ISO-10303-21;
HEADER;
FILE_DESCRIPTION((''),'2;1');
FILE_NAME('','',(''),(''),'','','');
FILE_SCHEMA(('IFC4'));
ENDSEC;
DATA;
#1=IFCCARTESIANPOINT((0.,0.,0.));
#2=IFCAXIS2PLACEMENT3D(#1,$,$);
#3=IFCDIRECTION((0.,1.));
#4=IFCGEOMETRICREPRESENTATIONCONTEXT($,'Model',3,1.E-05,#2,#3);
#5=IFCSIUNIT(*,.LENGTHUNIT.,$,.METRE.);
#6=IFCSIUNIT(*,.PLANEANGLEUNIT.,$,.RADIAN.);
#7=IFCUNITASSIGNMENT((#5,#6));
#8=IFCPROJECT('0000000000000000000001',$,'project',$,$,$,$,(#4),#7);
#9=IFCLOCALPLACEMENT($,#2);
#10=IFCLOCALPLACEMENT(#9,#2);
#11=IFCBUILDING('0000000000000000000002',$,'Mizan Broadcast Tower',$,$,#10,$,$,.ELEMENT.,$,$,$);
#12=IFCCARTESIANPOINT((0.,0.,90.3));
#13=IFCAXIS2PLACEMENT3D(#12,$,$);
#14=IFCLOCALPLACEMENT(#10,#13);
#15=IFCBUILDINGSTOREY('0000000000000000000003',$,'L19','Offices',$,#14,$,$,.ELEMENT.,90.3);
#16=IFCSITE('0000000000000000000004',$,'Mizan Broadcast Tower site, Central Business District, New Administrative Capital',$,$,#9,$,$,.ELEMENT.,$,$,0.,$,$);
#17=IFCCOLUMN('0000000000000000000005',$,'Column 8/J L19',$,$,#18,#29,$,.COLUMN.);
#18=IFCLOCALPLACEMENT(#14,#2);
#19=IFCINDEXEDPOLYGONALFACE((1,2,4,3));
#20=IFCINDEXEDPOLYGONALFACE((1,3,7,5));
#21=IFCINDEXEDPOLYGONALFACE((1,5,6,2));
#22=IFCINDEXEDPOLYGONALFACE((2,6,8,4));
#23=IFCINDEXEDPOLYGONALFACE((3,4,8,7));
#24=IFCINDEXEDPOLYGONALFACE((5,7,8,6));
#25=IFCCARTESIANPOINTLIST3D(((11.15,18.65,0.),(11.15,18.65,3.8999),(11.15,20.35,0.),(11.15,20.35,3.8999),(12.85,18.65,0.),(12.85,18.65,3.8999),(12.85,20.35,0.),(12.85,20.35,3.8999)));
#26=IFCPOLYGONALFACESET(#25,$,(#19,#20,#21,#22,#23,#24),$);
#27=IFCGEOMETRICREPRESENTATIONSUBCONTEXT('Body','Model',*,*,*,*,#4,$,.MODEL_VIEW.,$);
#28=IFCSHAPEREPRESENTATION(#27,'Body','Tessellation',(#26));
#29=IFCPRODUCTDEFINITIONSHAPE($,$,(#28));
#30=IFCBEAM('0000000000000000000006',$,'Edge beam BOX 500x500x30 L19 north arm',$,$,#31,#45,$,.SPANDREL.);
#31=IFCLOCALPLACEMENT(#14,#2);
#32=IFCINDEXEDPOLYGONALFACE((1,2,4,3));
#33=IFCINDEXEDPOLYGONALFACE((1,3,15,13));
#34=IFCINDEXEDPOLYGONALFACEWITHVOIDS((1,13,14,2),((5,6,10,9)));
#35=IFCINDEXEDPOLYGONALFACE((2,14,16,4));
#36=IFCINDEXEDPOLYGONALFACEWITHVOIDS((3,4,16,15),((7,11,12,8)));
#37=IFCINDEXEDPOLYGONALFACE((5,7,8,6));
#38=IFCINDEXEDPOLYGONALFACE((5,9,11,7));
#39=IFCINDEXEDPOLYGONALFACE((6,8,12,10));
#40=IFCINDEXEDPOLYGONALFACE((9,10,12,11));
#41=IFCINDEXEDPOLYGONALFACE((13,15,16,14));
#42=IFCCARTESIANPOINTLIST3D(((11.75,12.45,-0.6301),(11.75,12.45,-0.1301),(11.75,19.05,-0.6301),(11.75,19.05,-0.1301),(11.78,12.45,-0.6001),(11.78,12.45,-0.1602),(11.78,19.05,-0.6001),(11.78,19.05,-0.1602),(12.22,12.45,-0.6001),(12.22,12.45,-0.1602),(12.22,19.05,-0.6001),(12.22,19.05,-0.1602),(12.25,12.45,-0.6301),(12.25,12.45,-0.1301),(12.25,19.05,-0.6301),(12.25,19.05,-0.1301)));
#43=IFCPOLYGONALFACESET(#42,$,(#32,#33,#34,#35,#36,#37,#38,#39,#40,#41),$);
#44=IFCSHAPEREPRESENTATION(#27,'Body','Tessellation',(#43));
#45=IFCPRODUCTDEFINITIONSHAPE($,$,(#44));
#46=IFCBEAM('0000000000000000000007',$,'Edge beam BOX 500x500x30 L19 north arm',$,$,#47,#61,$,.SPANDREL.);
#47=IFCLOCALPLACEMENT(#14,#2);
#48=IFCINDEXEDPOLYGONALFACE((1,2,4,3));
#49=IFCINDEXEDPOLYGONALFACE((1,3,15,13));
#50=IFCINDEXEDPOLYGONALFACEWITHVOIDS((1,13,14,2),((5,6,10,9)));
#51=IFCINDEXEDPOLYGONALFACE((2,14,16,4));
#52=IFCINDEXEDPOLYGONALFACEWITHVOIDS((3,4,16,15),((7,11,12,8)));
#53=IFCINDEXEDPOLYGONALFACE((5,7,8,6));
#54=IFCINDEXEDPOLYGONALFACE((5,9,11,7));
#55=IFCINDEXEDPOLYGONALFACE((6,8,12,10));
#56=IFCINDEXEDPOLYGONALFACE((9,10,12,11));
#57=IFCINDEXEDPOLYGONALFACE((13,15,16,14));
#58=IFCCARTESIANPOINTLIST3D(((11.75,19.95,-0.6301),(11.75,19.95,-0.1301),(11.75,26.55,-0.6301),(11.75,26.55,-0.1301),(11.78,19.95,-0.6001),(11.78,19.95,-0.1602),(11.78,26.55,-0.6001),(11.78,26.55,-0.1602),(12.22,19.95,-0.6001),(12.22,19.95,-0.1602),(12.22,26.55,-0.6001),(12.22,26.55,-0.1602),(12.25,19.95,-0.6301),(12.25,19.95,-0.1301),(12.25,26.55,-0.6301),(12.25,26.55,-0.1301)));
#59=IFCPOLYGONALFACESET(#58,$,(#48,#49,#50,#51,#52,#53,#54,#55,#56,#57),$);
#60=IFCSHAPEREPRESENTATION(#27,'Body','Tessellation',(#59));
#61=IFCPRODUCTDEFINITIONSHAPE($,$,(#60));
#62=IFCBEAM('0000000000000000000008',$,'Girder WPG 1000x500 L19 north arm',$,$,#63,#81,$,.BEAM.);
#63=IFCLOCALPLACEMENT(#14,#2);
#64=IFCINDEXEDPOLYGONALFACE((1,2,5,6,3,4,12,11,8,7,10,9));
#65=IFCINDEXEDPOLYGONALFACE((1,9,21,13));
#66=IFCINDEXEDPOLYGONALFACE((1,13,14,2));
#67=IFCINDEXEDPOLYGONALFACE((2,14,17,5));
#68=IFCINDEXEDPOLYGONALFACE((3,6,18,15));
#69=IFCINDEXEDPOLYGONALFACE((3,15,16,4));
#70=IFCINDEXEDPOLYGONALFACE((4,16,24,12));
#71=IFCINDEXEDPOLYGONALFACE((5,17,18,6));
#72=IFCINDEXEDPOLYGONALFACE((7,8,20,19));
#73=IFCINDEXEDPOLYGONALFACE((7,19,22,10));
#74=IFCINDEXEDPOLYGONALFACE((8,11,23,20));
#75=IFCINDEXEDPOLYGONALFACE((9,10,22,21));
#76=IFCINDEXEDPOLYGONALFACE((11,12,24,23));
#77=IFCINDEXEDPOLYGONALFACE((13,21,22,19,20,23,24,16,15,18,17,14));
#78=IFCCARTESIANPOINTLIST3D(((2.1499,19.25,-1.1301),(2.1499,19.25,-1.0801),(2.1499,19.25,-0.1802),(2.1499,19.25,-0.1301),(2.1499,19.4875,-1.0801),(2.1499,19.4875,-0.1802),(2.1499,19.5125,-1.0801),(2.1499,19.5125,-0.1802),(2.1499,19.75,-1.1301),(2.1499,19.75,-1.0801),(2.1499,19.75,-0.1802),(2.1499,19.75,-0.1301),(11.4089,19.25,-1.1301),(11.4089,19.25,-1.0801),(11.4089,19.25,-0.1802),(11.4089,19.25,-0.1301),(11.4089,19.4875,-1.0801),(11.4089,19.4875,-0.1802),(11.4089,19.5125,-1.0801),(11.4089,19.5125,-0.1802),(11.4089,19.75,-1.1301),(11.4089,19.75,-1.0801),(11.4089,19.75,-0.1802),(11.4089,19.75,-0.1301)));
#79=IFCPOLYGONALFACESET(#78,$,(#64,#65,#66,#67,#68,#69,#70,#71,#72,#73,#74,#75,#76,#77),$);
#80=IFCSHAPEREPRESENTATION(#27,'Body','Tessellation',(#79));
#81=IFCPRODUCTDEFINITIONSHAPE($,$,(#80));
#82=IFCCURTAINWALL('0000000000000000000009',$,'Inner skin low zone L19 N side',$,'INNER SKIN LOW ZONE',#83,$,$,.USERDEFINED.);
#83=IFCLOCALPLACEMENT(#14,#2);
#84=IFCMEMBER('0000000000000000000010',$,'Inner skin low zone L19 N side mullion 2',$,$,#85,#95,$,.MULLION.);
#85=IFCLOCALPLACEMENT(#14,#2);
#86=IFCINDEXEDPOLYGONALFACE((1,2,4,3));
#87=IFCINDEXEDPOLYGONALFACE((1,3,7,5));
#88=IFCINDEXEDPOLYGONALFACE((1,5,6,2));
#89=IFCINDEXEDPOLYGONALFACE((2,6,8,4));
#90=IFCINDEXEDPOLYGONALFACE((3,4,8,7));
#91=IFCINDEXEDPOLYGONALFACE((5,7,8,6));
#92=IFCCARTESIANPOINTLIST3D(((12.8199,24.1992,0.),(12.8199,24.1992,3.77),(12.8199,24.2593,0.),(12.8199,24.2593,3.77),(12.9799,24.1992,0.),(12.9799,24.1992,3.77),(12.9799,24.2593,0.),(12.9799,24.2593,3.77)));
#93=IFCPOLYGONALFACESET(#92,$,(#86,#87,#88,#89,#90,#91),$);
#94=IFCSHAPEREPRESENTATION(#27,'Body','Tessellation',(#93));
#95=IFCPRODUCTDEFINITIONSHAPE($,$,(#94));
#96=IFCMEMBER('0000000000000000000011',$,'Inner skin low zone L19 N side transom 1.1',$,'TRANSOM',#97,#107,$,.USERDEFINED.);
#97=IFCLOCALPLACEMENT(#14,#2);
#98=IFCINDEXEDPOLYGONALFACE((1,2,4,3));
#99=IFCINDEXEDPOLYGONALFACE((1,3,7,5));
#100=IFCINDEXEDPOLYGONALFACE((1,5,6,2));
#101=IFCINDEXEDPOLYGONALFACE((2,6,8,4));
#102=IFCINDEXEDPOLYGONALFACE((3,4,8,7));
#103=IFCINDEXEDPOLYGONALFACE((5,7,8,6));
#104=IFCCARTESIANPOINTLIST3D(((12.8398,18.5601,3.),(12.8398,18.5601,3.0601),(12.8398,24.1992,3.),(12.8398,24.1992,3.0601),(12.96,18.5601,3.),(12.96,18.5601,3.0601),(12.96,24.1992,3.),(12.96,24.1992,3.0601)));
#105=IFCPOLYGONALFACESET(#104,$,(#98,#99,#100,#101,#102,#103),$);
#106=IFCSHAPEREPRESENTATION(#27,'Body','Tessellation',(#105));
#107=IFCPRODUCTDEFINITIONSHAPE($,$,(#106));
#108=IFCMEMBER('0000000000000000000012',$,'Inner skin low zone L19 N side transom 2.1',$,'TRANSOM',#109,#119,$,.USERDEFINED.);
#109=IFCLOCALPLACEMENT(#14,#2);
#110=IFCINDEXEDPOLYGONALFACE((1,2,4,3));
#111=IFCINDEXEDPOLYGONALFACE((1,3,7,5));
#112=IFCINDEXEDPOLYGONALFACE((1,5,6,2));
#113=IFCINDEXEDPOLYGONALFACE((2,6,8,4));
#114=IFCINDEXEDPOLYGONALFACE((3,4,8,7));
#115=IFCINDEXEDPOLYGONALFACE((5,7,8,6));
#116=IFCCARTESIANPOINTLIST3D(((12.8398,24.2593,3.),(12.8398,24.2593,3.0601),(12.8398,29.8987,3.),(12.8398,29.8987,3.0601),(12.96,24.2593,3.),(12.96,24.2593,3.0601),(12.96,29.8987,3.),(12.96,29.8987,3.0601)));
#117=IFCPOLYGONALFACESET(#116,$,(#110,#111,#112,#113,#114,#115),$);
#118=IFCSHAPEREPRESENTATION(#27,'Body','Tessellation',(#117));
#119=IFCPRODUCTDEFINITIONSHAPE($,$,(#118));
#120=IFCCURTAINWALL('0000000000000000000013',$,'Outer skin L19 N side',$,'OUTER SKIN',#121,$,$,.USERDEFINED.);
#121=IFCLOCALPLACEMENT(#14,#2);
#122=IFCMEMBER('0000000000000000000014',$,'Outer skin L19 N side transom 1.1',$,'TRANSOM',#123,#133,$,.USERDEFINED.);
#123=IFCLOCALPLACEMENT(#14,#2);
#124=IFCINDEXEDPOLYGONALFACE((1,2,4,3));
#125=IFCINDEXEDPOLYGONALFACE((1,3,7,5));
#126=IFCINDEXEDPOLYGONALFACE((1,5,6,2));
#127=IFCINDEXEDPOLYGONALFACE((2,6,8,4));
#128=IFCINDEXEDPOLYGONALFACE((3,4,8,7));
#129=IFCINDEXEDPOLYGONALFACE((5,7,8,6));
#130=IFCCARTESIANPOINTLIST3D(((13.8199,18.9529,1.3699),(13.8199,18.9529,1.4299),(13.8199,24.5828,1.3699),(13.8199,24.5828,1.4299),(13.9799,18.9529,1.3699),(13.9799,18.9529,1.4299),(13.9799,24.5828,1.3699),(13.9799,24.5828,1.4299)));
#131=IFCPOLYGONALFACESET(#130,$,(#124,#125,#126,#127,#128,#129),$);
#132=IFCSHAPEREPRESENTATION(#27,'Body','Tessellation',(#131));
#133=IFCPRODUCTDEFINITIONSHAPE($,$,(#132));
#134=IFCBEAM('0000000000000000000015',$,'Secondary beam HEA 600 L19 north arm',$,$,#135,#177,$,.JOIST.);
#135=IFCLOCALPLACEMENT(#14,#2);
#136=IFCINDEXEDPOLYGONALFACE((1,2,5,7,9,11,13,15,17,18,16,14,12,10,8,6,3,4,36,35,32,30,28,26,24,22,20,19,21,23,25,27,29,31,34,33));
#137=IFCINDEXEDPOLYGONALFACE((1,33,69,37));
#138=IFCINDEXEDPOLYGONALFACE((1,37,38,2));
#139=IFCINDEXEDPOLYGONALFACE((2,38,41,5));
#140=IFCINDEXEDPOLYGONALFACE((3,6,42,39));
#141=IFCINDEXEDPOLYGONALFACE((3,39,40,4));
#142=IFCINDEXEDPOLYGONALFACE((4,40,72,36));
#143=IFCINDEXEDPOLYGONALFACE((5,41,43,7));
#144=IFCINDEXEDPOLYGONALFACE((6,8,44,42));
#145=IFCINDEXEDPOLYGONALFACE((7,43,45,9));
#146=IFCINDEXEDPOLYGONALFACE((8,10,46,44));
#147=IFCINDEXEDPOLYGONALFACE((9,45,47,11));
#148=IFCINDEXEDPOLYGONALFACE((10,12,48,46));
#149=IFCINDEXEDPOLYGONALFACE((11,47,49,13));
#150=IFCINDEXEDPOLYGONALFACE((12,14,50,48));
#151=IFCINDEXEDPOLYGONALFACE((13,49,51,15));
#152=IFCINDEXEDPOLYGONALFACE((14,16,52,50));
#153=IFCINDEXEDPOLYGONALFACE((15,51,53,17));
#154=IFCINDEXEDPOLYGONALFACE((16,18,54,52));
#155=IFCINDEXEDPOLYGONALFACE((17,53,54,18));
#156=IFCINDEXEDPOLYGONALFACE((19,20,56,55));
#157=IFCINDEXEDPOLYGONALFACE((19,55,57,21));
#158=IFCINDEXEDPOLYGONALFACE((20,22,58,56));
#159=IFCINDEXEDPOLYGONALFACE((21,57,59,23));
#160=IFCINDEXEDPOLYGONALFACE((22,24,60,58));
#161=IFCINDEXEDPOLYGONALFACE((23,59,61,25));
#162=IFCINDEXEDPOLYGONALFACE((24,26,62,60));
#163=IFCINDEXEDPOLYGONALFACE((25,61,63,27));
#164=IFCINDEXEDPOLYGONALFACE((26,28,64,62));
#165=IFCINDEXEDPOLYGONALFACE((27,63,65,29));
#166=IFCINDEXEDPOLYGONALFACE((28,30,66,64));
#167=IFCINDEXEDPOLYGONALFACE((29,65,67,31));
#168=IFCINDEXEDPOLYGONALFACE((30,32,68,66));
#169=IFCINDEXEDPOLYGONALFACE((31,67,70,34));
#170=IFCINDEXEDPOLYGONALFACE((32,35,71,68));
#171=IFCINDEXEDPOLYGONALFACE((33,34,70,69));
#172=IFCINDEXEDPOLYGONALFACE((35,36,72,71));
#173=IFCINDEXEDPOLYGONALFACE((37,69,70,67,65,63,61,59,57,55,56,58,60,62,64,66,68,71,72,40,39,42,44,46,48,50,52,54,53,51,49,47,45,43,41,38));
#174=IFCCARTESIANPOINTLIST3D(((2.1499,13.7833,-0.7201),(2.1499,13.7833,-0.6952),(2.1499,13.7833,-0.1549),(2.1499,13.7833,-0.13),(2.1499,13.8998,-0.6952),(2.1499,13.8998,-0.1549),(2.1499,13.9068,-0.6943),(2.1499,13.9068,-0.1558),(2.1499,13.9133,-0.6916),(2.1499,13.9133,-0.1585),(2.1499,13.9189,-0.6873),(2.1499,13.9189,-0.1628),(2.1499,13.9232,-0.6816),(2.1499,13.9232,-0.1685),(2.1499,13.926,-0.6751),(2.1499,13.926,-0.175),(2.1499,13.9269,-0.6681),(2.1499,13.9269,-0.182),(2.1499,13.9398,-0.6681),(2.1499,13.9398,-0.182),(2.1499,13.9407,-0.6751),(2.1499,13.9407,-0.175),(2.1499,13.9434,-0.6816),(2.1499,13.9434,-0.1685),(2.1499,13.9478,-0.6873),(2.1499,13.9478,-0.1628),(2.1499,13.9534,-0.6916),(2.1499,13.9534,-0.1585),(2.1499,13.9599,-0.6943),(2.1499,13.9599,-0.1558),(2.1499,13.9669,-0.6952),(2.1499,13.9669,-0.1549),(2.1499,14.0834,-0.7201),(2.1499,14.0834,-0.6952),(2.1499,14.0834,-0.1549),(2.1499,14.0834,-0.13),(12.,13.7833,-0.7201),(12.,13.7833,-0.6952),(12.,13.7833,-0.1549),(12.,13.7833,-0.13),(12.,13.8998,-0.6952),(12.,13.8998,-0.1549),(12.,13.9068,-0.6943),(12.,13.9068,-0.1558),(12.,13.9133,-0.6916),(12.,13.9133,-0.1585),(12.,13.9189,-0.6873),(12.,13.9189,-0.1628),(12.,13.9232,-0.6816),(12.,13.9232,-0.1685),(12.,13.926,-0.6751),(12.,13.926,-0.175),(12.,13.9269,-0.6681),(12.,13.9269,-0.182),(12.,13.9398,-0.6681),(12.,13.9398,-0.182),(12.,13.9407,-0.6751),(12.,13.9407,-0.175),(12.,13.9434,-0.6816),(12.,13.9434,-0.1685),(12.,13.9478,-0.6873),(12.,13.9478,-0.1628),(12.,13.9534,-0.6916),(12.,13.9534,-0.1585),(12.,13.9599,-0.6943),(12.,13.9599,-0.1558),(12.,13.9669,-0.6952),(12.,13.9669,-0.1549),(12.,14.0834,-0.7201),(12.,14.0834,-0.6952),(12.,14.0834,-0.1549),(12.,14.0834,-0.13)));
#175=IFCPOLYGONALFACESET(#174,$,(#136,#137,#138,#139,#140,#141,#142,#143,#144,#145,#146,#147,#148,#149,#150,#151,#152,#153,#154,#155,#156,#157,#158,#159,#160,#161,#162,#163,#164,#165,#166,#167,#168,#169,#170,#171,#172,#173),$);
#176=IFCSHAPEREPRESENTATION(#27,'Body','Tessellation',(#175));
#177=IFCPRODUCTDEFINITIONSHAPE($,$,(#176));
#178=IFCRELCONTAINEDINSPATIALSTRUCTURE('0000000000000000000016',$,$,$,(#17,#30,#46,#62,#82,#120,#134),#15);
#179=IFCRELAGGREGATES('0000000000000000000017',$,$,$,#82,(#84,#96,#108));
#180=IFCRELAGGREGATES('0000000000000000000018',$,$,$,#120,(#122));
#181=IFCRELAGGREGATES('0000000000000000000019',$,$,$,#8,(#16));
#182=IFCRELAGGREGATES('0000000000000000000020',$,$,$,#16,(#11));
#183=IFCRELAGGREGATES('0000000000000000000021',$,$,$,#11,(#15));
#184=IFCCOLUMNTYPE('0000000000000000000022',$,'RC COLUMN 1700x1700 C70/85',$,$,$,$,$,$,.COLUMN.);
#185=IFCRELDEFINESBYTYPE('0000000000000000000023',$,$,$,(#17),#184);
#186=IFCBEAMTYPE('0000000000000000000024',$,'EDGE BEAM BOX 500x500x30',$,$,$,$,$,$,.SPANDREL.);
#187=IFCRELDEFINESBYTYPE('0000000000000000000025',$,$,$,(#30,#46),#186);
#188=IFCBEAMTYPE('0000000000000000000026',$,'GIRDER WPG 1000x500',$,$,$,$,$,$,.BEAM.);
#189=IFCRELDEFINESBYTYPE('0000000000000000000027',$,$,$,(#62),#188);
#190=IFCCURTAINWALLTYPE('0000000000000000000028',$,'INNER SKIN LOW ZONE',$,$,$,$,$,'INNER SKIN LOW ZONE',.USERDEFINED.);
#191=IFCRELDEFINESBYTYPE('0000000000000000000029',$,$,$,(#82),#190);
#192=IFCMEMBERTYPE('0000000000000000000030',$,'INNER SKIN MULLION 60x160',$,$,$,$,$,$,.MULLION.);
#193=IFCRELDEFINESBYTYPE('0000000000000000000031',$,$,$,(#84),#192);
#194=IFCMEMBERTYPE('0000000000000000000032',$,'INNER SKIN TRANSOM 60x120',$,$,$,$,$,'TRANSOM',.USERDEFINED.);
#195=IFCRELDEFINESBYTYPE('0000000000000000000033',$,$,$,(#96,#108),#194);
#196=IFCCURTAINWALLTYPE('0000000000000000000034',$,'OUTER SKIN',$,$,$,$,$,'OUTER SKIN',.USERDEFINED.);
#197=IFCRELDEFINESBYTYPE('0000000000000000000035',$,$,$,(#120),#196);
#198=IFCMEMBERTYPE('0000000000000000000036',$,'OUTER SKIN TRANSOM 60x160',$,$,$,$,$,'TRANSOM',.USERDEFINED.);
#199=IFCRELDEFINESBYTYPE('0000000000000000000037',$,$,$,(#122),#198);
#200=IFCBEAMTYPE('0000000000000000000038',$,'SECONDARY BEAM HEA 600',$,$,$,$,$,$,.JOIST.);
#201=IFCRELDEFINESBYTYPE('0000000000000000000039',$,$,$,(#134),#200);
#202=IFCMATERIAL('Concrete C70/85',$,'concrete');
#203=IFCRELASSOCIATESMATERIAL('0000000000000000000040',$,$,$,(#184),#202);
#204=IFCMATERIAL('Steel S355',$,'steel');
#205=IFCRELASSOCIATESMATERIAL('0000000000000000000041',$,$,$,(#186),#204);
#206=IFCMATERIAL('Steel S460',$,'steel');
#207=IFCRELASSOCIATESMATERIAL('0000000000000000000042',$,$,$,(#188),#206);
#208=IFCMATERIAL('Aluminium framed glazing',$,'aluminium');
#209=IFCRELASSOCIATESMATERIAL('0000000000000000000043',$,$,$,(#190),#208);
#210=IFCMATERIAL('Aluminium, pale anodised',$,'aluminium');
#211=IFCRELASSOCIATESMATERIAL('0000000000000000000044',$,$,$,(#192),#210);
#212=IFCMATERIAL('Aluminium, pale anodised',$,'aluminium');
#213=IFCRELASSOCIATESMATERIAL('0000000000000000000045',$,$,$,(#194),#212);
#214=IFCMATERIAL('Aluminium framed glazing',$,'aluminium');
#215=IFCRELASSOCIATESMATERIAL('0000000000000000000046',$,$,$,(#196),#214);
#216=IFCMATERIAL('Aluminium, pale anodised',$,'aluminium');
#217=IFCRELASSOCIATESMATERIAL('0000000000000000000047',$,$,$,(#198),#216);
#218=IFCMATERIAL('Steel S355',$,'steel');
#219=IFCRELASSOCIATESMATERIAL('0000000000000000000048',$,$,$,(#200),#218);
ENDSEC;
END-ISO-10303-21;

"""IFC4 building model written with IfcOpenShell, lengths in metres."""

from ifc_helpers import new_model, si_unit, direction, frame, origin, origin_2d, place, context, subcontext, project, spatial, rectangle, hollow_rectangle, i_section, extrude, material, material_profile, profile_set, type_object, element, aggregate, save


model = new_model("IFC4")

# Units and contexts
model_context = context("Model", 3, precision=1e-05, world=origin(), true_north=direction((0.0, 1.0)))
body_context = subcontext(model_context, "Body", "Model", "MODEL_VIEW")
ifc_project = project(units=[si_unit("LENGTHUNIT", "METRE"), si_unit("PLANEANGLEUNIT", "RADIAN")], contexts=[model_context])

# Site, building, storey
site_placement = place(None, origin())
site = spatial("IfcSite", under=ifc_project, at=site_placement, Name="Mizan Broadcast Tower site, Central Business District, New Administrative Capital", CompositionType="ELEMENT", RefElevation=0.0)
building_placement = place(site_placement, origin())
building = spatial("IfcBuilding", under=site, at=building_placement, Name="Mizan Broadcast Tower", CompositionType="ELEMENT")
storey_placement = place(building_placement, frame((0.0, 0.0, 90.3)))
storey = spatial("IfcBuildingStorey", under=building, at=storey_placement, Name="L19", Description="Offices", CompositionType="ELEMENT", Elevation=90.3)

# Column
ifc_material_1 = material(Name="Concrete C70/85", Category="concrete")
ifc_material_profile_1 = material_profile(ifc_material_1, rectangle(XDim=1.7, YDim=1.7, at=origin_2d()), Name="RC 1700x1700")
ifc_profile_set_1 = profile_set([ifc_material_profile_1], Name="Concrete C70/85")
column_type = type_object("IfcColumnType", Name="RC COLUMN 1700x1700 C70/85", PredefinedType="COLUMN", material=ifc_profile_set_1)
column_placement = place(storey_placement, frame((12.0, 19.5, 0.0), z_axis=(0.0, 0.0, 1.0), x_axis=(1.0, 0.0, 0.0)))
element("IfcColumn", 1, at=column_placement, inside=storey, type_object=column_type, Name="Column 8/J L19", PredefinedType="COLUMN", context=body_context, shape_type="SweptSolid", body=[
    extrude(rectangle(XDim=1.7, YDim=1.7, at=origin_2d()), origin(), (0.0, 0.0, 1.0), 3.8999),
])

# Beams
ifc_material_2 = material(Name="Steel S355", Category="steel")
ifc_material_profile_2 = material_profile(ifc_material_2, hollow_rectangle(XDim=0.5, YDim=0.5, WallThickness=0.03, at=origin_2d()), Name="BOX 500x500x30")
ifc_profile_set_2 = profile_set([ifc_material_profile_2], Name="Steel S355")
beam_type_1 = type_object("IfcBeamType", Name="EDGE BEAM BOX 500x500x30", PredefinedType="SPANDREL", material=ifc_profile_set_2)
for number, where, z_axis, x_axis, name in (
    (2, (12.0, 12.45, -0.3801), (0.0, 1.0, 0.0), (-1.0, 0.0, 0.0), "Edge beam BOX 500x500x30 L19 north arm"),
    (3, (12.0, 19.95, -0.3801), (0.0, 1.0, 0.0), (-1.0, 0.0, 0.0), "Edge beam BOX 500x500x30 L19 north arm"),
):
    element("IfcBeam", number, at=place(storey_placement, frame(where, z_axis=z_axis, x_axis=x_axis)), inside=storey, type_object=beam_type_1, Name=name, PredefinedType="SPANDREL", context=body_context, shape_type="SweptSolid", body=[
        extrude(hollow_rectangle(XDim=0.5, YDim=0.5, WallThickness=0.03, at=origin_2d()), origin(), (0.0, 0.0, 1.0), 6.6001),
    ])
ifc_material_3 = material(Name="Steel S460", Category="steel")
ifc_material_profile_3 = material_profile(ifc_material_3, i_section(OverallWidth=0.5, OverallDepth=1.0, WebThickness=0.0249, FlangeThickness=0.05, at=origin_2d()), Name="WPG 1000x500")
ifc_profile_set_3 = profile_set([ifc_material_profile_3], Name="Steel S460")
beam_type_2 = type_object("IfcBeamType", Name="GIRDER WPG 1000x500", PredefinedType="BEAM", material=ifc_profile_set_3)
beam_placement = place(storey_placement, frame((11.4089, 19.5, -0.6301), z_axis=(-1.0, 0.0, 0.0), x_axis=(0.0, -1.0, 0.0)))
element("IfcBeam", 4, at=beam_placement, inside=storey, type_object=beam_type_2, Name="Girder WPG 1000x500 L19 north arm", PredefinedType="BEAM", context=body_context, shape_type="SweptSolid", body=[
    extrude(i_section(OverallWidth=0.5, OverallDepth=1.0, WebThickness=0.0249, FlangeThickness=0.05, at=origin_2d()), origin(), (0.0, 0.0, 1.0), 9.259),
])

# Curtain wall, members
ifc_material_4 = material(Name="Aluminium framed glazing", Category="aluminium")
curtain_wall_type_1 = type_object("IfcCurtainWallType", Name="INNER SKIN LOW ZONE", ElementType="INNER SKIN LOW ZONE", PredefinedType="USERDEFINED", material=ifc_material_4)
curtain_wall_1_placement = place(storey_placement, origin())
curtain_wall_1 = element("IfcCurtainWall", 5, at=curtain_wall_1_placement, inside=storey, type_object=curtain_wall_type_1, Name="Inner skin low zone L19 N side", ObjectType="INNER SKIN LOW ZONE", PredefinedType="USERDEFINED")
ifc_material_5 = material(Name="Aluminium, pale anodised", Category="aluminium")
ifc_material_profile_4 = material_profile(ifc_material_5, rectangle(XDim=0.1599, YDim=0.0601, at=origin_2d()), Name="MULLION 160x60")
ifc_profile_set_4 = profile_set([ifc_material_profile_4], Name="Aluminium, pale anodised")
member_type_1 = type_object("IfcMemberType", Name="INNER SKIN MULLION 60x160", PredefinedType="MULLION", material=ifc_profile_set_4)
member_1_placement = place(storey_placement, frame((12.8999, 24.2292, 0.0), z_axis=(0.0, 0.0, 1.0), x_axis=(-1.0, 0.0, 0.0)))
member_1 = element("IfcMember", 6, at=member_1_placement, type_object=member_type_1, Name="Inner skin low zone L19 N side mullion 2", PredefinedType="MULLION", context=body_context, shape_type="SweptSolid", body=[
    extrude(rectangle(XDim=0.1599, YDim=0.0601, at=origin_2d()), origin(), (0.0, 0.0, 1.0), 3.77),
])
ifc_material_6 = material(Name="Aluminium, pale anodised", Category="aluminium")
ifc_material_profile_5 = material_profile(ifc_material_6, rectangle(XDim=0.1201, YDim=0.0601, at=origin_2d()), Name="TRANSOM 120x60")
ifc_profile_set_5 = profile_set([ifc_material_profile_5], Name="Aluminium, pale anodised")
member_type_2 = type_object("IfcMemberType", Name="INNER SKIN TRANSOM 60x120", ElementType="TRANSOM", PredefinedType="USERDEFINED", material=ifc_profile_set_5)
member_2_placement = place(storey_placement, frame((12.8999, 18.5601, 3.03), z_axis=(0.0, 1.0, 0.0), x_axis=(-1.0, 0.0, 0.0)))
member_2 = element("IfcMember", 7, at=member_2_placement, type_object=member_type_2, Name="Inner skin low zone L19 N side transom 1.1", ObjectType="TRANSOM", PredefinedType="USERDEFINED", context=body_context, shape_type="SweptSolid", body=[
    extrude(rectangle(XDim=0.1201, YDim=0.0601, at=origin_2d()), origin(), (0.0, 0.0, 1.0), 5.6392),
])
member_3_placement = place(storey_placement, frame((12.8999, 24.2593, 3.03), z_axis=(0.0, 1.0, 0.0), x_axis=(-1.0, 0.0, 0.0)))
member_3 = element("IfcMember", 8, at=member_3_placement, type_object=member_type_2, Name="Inner skin low zone L19 N side transom 2.1", ObjectType="TRANSOM", PredefinedType="USERDEFINED", context=body_context, shape_type="SweptSolid", body=[
    extrude(rectangle(XDim=0.1201, YDim=0.0601, at=origin_2d()), origin(), (0.0, 0.0, 1.0), 5.6394),
])

# Curtain wall, member
ifc_material_7 = material(Name="Aluminium framed glazing", Category="aluminium")
curtain_wall_type_2 = type_object("IfcCurtainWallType", Name="OUTER SKIN", ElementType="OUTER SKIN", PredefinedType="USERDEFINED", material=ifc_material_7)
curtain_wall_2_placement = place(storey_placement, origin())
curtain_wall_2 = element("IfcCurtainWall", 9, at=curtain_wall_2_placement, inside=storey, type_object=curtain_wall_type_2, Name="Outer skin L19 N side", ObjectType="OUTER SKIN", PredefinedType="USERDEFINED")
ifc_material_8 = material(Name="Aluminium, pale anodised", Category="aluminium")
ifc_material_profile_6 = material_profile(ifc_material_8, rectangle(XDim=0.1599, YDim=0.0601, at=origin_2d()), Name="TRANSOM 160x60")
ifc_profile_set_6 = profile_set([ifc_material_profile_6], Name="Aluminium, pale anodised")
member_type_3 = type_object("IfcMemberType", Name="OUTER SKIN TRANSOM 60x160", ElementType="TRANSOM", PredefinedType="USERDEFINED", material=ifc_profile_set_6)
member_4_placement = place(storey_placement, frame((13.8999, 18.9529, 1.3999), z_axis=(0.0, 1.0, 0.0), x_axis=(-1.0, 0.0, 0.0)))
member_4 = element("IfcMember", 10, at=member_4_placement, type_object=member_type_3, Name="Outer skin L19 N side transom 1.1", ObjectType="TRANSOM", PredefinedType="USERDEFINED", context=body_context, shape_type="SweptSolid", body=[
    extrude(rectangle(XDim=0.1599, YDim=0.0601, at=origin_2d()), origin(), (0.0, 0.0, 1.0), 5.6299),
])

# Beam
ifc_material_9 = material(Name="Steel S355", Category="steel")
ifc_material_profile_7 = material_profile(ifc_material_9, i_section(OverallWidth=0.3, OverallDepth=0.5901, WebThickness=0.0129, FlangeThickness=0.0249, FilletRadius=0.0271, at=origin_2d()), Name="HEA 600")
ifc_profile_set_7 = profile_set([ifc_material_profile_7], Name="Steel S355")
beam_type_3 = type_object("IfcBeamType", Name="SECONDARY BEAM HEA 600", PredefinedType="JOIST", material=ifc_profile_set_7)
for number, where, z_axis, x_axis, name in (
    (11, (12.0, 13.9333, -0.425), (-1.0, 0.0, 0.0), (0.0, -1.0, 0.0), "Secondary beam HEA 600 L19 north arm"),
):
    element("IfcBeam", number, at=place(storey_placement, frame(where, z_axis=z_axis, x_axis=x_axis)), inside=storey, type_object=beam_type_3, Name=name, PredefinedType="JOIST", context=body_context, shape_type="SweptSolid", body=[
        extrude(i_section(OverallWidth=0.3, OverallDepth=0.5901, WebThickness=0.0129, FlangeThickness=0.0249, FilletRadius=0.0271, at=origin_2d()), origin(), (0.0, 0.0, 1.0), 9.8501),
    ])

aggregate(curtain_wall_1, [member_1, member_2, member_3])
aggregate(curtain_wall_2, [member_4])

save(model, "model.ifc")
